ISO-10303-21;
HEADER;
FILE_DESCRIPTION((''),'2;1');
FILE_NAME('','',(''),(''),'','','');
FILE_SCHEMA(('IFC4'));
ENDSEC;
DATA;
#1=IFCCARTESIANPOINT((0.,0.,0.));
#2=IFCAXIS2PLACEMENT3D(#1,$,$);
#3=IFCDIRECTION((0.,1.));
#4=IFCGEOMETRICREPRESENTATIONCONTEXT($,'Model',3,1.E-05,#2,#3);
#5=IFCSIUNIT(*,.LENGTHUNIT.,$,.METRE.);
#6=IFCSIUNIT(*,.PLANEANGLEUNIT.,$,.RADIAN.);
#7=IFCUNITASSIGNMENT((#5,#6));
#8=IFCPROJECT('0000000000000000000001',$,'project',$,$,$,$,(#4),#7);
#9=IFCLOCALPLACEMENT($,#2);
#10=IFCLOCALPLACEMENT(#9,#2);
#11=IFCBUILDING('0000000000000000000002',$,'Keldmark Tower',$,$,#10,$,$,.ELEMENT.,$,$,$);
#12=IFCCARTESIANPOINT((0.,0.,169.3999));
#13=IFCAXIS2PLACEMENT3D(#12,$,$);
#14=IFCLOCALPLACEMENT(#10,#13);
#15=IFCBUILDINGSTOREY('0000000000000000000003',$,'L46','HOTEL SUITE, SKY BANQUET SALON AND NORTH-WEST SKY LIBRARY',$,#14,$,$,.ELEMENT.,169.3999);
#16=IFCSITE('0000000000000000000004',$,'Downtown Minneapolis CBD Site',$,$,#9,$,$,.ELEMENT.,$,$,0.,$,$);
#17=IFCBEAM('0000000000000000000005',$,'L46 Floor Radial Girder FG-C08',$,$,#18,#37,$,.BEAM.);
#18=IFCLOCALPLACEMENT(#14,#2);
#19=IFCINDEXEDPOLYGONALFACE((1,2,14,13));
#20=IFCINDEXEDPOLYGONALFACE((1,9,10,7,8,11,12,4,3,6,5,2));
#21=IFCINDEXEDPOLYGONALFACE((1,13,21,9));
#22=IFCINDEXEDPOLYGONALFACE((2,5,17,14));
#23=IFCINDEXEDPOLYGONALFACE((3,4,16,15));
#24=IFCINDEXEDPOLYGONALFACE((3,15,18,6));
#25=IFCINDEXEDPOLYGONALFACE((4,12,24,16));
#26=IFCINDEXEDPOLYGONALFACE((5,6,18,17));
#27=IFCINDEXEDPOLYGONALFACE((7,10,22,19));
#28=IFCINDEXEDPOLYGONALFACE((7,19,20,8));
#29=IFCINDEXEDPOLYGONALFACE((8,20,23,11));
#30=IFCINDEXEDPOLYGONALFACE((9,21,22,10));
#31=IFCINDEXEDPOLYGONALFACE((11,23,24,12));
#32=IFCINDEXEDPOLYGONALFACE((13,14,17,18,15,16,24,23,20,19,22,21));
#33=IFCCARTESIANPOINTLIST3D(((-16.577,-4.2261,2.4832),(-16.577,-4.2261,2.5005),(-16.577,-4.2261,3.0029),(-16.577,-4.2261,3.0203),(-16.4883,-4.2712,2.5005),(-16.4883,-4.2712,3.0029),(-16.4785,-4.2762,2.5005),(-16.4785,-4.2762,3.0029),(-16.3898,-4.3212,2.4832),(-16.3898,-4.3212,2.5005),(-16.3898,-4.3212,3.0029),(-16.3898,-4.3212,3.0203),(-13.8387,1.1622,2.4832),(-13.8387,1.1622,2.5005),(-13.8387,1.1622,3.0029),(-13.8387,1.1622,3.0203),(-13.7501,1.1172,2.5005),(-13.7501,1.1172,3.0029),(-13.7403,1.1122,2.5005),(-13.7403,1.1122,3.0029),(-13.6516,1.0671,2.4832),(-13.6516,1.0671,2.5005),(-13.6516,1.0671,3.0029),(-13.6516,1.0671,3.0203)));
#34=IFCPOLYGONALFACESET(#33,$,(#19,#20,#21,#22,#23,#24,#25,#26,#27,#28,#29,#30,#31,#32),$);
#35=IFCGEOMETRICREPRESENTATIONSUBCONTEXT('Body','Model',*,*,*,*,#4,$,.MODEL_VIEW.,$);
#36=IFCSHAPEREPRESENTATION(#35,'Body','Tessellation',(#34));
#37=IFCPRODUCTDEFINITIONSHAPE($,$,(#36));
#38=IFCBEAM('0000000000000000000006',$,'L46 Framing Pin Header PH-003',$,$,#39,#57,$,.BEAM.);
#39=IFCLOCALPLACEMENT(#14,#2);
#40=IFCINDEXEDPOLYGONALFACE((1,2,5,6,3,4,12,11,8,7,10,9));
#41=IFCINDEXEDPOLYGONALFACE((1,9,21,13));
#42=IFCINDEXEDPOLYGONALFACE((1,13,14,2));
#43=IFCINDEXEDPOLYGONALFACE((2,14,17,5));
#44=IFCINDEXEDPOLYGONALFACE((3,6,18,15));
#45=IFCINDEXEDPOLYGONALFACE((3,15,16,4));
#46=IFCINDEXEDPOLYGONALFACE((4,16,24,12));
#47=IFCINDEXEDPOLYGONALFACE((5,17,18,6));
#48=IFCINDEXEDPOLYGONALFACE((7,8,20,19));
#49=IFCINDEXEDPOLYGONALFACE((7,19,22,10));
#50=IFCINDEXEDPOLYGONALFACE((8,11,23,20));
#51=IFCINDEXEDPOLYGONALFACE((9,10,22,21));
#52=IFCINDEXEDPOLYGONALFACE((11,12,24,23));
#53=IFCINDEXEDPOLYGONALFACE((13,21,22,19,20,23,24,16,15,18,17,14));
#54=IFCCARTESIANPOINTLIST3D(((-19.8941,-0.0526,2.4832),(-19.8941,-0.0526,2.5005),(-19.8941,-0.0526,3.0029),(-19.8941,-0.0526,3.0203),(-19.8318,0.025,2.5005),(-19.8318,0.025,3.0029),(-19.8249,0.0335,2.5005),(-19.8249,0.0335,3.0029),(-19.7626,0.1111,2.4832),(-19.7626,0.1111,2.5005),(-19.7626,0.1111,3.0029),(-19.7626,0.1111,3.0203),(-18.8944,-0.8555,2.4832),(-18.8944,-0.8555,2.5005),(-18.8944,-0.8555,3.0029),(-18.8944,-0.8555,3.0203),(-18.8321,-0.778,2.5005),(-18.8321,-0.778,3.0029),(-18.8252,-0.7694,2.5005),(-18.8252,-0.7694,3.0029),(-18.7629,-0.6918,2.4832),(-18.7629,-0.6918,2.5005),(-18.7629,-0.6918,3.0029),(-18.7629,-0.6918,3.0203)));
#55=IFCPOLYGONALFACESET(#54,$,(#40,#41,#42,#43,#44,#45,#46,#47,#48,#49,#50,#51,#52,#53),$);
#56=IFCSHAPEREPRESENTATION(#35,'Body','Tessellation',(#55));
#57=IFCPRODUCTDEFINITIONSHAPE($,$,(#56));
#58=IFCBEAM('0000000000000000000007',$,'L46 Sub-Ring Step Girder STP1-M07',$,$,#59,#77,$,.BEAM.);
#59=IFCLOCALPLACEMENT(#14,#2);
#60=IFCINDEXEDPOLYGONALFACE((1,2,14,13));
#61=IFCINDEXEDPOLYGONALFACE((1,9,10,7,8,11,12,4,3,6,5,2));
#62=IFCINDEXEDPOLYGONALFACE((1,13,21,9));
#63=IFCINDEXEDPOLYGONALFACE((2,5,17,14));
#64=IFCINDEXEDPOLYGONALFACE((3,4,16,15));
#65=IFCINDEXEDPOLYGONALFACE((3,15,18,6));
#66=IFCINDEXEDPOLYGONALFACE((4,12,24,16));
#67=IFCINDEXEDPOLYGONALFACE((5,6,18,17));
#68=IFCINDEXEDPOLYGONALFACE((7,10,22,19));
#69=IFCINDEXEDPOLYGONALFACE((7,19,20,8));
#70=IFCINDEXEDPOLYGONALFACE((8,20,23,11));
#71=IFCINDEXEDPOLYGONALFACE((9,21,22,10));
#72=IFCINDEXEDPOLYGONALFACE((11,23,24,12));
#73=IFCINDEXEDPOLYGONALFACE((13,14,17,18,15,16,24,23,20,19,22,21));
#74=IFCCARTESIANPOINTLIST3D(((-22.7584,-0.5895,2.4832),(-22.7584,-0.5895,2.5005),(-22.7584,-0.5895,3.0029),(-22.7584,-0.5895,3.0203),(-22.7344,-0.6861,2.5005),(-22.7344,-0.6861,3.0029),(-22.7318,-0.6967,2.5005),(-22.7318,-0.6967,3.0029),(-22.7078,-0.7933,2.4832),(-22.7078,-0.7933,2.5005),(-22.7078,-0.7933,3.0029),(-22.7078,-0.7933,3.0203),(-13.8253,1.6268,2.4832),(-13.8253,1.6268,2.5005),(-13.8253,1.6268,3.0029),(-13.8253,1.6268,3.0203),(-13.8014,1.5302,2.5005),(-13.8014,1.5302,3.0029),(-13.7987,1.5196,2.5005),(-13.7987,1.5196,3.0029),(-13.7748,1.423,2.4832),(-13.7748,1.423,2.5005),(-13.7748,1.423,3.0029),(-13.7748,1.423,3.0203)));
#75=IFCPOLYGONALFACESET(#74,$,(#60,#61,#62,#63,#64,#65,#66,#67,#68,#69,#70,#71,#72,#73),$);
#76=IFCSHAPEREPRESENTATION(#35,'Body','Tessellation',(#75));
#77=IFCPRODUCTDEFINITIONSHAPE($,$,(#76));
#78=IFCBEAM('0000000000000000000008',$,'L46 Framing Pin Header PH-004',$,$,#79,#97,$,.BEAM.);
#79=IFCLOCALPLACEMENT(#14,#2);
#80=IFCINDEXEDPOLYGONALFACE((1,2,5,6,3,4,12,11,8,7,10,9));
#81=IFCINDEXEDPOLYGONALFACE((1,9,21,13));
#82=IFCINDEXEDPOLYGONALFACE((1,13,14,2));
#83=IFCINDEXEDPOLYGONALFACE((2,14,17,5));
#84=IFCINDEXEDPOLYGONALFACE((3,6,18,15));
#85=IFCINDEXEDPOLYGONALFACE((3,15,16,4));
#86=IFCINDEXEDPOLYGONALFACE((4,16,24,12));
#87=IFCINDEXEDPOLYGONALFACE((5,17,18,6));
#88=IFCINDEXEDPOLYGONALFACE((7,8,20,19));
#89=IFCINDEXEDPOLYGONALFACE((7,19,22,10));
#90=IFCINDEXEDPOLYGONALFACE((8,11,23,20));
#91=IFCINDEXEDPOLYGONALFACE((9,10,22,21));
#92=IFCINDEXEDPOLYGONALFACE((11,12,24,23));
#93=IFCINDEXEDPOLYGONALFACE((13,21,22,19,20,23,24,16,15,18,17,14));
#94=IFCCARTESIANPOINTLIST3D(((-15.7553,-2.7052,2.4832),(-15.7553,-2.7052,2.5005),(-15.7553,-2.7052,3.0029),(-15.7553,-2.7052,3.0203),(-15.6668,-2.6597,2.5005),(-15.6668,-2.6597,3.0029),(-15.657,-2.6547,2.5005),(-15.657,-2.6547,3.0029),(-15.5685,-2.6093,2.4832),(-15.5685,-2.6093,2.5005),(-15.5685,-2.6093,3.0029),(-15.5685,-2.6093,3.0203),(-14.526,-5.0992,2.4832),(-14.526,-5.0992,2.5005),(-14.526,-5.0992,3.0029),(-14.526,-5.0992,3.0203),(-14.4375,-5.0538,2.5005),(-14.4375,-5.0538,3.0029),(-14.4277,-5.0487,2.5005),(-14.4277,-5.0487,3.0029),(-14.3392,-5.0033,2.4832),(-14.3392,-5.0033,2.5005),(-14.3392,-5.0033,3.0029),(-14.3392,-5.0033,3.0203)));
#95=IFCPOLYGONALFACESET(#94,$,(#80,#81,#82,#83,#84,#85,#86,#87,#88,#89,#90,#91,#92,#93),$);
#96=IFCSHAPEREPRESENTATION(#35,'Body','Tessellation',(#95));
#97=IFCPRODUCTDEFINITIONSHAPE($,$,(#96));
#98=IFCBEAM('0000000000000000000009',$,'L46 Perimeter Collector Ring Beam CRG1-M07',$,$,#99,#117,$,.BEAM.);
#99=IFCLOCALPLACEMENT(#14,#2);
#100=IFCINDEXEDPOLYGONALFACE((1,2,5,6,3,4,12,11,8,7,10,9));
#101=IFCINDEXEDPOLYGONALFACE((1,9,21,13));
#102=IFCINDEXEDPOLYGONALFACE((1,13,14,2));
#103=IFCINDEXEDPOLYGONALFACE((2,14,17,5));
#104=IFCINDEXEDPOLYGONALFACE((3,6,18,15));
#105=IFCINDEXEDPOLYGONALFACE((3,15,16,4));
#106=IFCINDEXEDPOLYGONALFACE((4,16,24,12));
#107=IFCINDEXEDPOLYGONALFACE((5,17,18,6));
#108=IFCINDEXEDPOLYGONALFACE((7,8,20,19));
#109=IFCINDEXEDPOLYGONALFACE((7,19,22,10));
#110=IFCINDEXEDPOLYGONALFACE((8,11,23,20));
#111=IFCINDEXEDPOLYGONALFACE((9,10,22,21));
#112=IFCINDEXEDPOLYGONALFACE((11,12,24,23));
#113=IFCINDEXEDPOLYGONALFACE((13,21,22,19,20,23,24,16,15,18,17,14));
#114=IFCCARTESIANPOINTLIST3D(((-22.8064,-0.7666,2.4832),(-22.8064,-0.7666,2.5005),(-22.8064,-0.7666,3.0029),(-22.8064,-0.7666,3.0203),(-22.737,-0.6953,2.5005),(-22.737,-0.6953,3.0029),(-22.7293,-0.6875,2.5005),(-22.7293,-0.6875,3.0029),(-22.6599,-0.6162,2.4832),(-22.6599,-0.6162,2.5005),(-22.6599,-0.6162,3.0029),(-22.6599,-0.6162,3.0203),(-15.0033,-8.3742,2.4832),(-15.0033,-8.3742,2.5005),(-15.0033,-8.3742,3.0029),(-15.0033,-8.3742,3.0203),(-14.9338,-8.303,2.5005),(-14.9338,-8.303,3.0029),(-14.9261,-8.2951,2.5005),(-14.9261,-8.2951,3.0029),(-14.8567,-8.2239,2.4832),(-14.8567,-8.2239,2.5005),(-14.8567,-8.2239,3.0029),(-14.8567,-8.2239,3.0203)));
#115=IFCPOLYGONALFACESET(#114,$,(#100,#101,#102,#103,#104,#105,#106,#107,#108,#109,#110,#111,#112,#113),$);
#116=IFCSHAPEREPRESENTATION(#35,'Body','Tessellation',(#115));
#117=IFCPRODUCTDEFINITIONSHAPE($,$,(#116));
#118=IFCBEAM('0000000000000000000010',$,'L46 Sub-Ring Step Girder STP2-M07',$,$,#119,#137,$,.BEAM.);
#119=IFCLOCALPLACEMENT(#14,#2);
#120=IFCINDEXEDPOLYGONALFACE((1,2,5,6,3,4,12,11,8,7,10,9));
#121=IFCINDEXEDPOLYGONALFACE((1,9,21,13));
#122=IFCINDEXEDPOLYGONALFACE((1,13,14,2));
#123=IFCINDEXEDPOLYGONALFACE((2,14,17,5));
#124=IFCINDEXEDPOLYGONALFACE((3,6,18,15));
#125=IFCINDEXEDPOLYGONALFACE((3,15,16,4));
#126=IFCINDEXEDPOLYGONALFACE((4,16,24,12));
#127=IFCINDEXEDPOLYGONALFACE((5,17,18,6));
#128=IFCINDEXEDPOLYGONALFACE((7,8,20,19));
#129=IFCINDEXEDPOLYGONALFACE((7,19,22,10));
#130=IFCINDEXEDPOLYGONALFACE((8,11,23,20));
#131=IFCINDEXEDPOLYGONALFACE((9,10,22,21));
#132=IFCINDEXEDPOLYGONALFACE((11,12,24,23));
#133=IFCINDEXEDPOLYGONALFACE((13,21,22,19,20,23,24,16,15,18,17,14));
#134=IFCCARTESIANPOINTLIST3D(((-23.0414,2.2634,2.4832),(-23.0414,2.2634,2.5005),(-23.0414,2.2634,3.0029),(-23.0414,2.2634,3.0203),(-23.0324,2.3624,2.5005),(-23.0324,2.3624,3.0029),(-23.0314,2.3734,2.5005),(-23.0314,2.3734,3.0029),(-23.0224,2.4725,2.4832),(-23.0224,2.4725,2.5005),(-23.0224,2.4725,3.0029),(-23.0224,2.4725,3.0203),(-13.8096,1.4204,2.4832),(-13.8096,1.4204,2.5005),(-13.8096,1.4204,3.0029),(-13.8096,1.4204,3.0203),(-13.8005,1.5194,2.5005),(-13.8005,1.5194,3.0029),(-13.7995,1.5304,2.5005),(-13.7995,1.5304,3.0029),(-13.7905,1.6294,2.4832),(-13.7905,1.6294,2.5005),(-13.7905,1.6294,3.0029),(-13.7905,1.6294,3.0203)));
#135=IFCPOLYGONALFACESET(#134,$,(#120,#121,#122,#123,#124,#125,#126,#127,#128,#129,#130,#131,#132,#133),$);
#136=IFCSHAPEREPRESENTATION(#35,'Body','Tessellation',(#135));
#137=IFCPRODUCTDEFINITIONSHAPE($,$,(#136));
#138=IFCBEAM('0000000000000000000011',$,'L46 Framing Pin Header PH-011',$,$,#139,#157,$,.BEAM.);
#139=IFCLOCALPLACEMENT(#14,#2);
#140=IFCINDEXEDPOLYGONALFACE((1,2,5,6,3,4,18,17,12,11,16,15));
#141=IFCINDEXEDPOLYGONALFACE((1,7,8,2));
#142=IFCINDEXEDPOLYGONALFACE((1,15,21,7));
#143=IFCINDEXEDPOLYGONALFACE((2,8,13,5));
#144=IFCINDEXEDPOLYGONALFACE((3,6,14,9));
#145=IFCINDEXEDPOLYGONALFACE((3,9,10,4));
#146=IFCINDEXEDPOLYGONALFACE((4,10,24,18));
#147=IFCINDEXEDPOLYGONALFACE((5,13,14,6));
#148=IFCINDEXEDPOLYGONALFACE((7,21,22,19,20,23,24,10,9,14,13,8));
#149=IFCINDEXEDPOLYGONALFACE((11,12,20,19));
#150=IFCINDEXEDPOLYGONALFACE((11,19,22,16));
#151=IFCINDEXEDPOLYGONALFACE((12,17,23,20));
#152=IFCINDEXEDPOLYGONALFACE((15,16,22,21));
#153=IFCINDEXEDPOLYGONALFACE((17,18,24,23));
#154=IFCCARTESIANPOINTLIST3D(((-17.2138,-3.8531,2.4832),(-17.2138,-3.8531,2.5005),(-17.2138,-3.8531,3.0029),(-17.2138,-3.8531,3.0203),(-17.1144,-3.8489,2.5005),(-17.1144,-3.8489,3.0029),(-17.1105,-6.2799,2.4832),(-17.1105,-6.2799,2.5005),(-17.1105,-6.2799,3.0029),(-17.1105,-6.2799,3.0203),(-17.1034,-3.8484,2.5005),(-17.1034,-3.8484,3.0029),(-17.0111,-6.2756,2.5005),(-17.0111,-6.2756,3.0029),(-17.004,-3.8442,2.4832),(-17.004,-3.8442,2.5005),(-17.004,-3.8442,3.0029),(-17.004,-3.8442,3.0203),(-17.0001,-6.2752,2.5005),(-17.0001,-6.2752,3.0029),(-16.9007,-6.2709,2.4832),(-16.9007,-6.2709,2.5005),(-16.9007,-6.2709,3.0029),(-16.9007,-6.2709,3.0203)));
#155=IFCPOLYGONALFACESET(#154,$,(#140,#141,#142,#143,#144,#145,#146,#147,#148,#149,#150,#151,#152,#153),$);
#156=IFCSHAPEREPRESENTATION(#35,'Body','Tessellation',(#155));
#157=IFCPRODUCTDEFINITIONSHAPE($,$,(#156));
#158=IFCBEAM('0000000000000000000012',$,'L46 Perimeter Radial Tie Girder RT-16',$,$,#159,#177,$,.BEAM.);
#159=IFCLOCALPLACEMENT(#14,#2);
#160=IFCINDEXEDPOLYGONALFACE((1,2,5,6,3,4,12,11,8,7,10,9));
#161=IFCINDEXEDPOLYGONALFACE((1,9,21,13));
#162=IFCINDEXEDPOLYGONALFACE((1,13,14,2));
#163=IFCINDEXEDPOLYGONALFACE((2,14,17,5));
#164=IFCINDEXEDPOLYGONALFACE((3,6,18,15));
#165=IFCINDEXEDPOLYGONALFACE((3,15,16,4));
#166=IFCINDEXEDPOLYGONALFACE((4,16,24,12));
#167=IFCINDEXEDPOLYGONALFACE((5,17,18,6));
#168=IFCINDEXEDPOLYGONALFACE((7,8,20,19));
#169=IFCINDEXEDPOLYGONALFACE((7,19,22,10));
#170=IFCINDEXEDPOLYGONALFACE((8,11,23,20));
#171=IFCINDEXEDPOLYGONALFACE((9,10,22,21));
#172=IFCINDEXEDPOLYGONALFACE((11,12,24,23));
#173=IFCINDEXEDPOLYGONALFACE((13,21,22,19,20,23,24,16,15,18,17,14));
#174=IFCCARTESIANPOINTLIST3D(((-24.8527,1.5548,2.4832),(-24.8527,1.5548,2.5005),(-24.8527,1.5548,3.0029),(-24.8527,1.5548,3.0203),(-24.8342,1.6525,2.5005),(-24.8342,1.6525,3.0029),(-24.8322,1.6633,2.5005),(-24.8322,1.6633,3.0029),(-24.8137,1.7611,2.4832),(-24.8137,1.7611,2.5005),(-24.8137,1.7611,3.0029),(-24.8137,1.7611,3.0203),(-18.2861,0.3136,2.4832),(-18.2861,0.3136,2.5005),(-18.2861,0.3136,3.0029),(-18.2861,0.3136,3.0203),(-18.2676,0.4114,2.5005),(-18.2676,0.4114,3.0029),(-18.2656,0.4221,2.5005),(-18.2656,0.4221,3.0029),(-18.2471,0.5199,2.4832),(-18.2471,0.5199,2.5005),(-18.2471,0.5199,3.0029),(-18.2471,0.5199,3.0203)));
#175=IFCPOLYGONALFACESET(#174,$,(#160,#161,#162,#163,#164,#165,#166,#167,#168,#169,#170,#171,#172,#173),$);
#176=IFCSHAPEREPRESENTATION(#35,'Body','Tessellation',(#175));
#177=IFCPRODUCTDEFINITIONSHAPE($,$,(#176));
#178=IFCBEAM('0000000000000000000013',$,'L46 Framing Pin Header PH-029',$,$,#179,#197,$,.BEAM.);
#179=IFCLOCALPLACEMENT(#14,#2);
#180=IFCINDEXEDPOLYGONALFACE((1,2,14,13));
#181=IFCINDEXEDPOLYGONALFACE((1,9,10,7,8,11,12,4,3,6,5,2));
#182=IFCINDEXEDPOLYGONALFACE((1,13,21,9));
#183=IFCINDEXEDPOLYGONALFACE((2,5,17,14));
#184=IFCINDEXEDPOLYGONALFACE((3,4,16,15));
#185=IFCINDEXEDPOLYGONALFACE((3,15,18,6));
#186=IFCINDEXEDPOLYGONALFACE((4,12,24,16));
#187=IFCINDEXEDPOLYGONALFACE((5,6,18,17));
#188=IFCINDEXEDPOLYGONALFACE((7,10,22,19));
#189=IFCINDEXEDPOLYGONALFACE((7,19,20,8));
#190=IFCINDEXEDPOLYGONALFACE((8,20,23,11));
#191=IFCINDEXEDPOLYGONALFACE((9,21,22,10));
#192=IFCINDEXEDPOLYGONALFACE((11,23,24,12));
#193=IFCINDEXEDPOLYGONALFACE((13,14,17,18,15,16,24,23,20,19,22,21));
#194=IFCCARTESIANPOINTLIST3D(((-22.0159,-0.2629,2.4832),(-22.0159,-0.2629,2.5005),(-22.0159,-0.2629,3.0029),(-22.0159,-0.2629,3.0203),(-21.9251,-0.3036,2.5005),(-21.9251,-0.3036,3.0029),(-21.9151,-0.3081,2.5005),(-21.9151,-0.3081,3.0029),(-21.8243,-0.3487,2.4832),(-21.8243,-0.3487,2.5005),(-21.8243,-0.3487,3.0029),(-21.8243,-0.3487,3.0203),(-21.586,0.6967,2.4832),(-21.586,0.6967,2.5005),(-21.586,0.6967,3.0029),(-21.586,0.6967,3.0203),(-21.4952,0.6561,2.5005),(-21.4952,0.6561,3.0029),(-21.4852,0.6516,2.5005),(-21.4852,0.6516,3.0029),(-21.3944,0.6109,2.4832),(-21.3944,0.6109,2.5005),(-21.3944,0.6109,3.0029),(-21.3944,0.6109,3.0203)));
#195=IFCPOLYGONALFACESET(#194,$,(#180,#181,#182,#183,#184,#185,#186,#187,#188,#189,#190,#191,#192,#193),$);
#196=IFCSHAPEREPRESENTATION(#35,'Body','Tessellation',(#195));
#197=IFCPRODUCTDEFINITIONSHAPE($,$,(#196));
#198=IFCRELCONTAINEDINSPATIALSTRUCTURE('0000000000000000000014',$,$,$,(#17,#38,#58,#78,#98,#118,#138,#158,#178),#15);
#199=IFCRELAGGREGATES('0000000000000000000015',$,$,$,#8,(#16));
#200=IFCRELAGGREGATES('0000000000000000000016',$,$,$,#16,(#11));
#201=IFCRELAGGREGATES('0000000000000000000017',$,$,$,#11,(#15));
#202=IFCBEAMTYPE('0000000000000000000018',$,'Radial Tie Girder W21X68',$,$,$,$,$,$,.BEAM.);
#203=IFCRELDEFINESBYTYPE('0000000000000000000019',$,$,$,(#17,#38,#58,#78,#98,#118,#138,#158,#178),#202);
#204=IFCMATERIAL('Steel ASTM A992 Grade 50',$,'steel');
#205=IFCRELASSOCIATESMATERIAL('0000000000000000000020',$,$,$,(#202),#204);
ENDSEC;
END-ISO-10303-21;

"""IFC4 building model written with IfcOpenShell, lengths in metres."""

from ifc_helpers import new_model, si_unit, direction, frame, origin, origin_2d, place, context, subcontext, project, spatial, i_section, extrude, material, material_profile, profile_set, type_object, element, save


model = new_model("IFC4")

# Units and contexts
model_context = context("Model", 3, precision=1e-05, world=origin(), true_north=direction((0.0, 1.0)))
body_context = subcontext(model_context, "Body", "Model", "MODEL_VIEW")
ifc_project = project(units=[si_unit("LENGTHUNIT", "METRE"), si_unit("PLANEANGLEUNIT", "RADIAN")], contexts=[model_context])

# Site, building, storey
site_placement = place(None, origin())
site = spatial("IfcSite", under=ifc_project, at=site_placement, Name="Downtown Minneapolis CBD Site", CompositionType="ELEMENT", RefElevation=0.0)
building_placement = place(site_placement, origin())
building = spatial("IfcBuilding", under=site, at=building_placement, Name="Keldmark Tower", CompositionType="ELEMENT")
storey_placement = place(building_placement, frame((0.0, 0.0, 169.3999)))
storey = spatial("IfcBuildingStorey", under=building, at=storey_placement, Name="L46", Description="HOTEL SUITE, SKY BANQUET SALON AND NORTH-WEST SKY LIBRARY", CompositionType="ELEMENT", Elevation=169.3999)

# Beams
ifc_material_1 = material(Name="Steel ASTM A992 Grade 50", Category="steel")
ifc_material_profile_1 = material_profile(ifc_material_1, i_section(OverallWidth=0.21, OverallDepth=0.5371, WebThickness=0.011, FlangeThickness=0.0173, at=origin_2d()), Name="W21X68")
ifc_profile_set_1 = profile_set([ifc_material_profile_1], Name="Steel ASTM A992 Grade 50")
beam_type_1 = type_object("IfcBeamType", Name="Radial Tie Girder W21X68", PredefinedType="BEAM", material=ifc_profile_set_1)
beam_1_placement = place(storey_placement, frame((-16.4834, -4.2737, 2.7517), z_axis=(0.453037, 0.891492, 0.0), x_axis=(-0.891492, 0.453037, 0.0)))
element("IfcBeam", 1, at=beam_1_placement, inside=storey, type_object=beam_type_1, Name="L46 Floor Radial Girder FG-C08", PredefinedType="BEAM", context=body_context, shape_type="SweptSolid", body=[
    extrude(i_section(OverallWidth=0.21, OverallDepth=0.5371, WebThickness=0.011, FlangeThickness=0.0173, at=origin_2d()), origin(), (0.0, 0.0, 1.0), 6.0442),
])
beam_2_placement = place(storey_placement, frame((-18.8286, -0.7737, 2.7517), z_axis=(-0.77966, 0.626203, 0.0), x_axis=(-0.626203, -0.77966, 0.0)))
element("IfcBeam", 2, at=beam_2_placement, inside=storey, type_object=beam_type_1, Name="L46 Framing Pin Header PH-003", PredefinedType="BEAM", context=body_context, shape_type="SweptSolid", body=[
    extrude(i_section(OverallWidth=0.21, OverallDepth=0.5371, WebThickness=0.011, FlangeThickness=0.0173, at=origin_2d()), origin(), (0.0, 0.0, 1.0), 1.2822),
])
beam_3_placement = place(storey_placement, frame((-13.8, 1.5249, 2.7517), z_axis=(-0.970575, -0.2408, 0.0), x_axis=(0.2408, -0.970575, 0.0)))
element("IfcBeam", 3, at=beam_3_placement, inside=storey, type_object=beam_type_1, Name="L46 Sub-Ring Step Girder STP1-M07", PredefinedType="BEAM", context=body_context, shape_type="SweptSolid", body=[
    extrude(i_section(OverallWidth=0.21, OverallDepth=0.5371, WebThickness=0.011, FlangeThickness=0.0173, at=origin_2d()), origin(), (0.0, 0.0, 1.0), 9.2039),
])
beam_4_placement = place(storey_placement, frame((-15.6619, -2.6572, 2.7517), z_axis=(0.456768, -0.889586, 0.0), x_axis=(0.889586, 0.456768, 0.0)))
element("IfcBeam", 4, at=beam_4_placement, inside=storey, type_object=beam_type_1, Name="L46 Framing Pin Header PH-004", PredefinedType="BEAM", context=body_context, shape_type="SweptSolid", body=[
    extrude(i_section(OverallWidth=0.21, OverallDepth=0.5371, WebThickness=0.011, FlangeThickness=0.0173, at=origin_2d()), origin(), (0.0, 0.0, 1.0), 2.6912),
])
beam_5_placement = place(storey_placement, frame((-22.7332, -0.6914, 2.7517), z_axis=(0.716022, -0.698078, 0.0), x_axis=(0.698078, 0.716022, 0.0)))
element("IfcBeam", 5, at=beam_5_placement, inside=storey, type_object=beam_type_1, Name="L46 Perimeter Collector Ring Beam CRG1-M07", PredefinedType="BEAM", context=body_context, shape_type="SweptSolid", body=[
    extrude(i_section(OverallWidth=0.21, OverallDepth=0.5371, WebThickness=0.011, FlangeThickness=0.0173, at=origin_2d()), origin(), (0.0, 0.0, 1.0), 10.8979),
])
beam_6_placement = place(storey_placement, frame((-13.8, 1.5249, 2.7517), z_axis=(-0.995857, 0.090937, 0.0), x_axis=(-0.090937, -0.995857, 0.0)))
element("IfcBeam", 6, at=beam_6_placement, inside=storey, type_object=beam_type_1, Name="L46 Sub-Ring Step Girder STP2-M07", PredefinedType="BEAM", context=body_context, shape_type="SweptSolid", body=[
    extrude(i_section(OverallWidth=0.21, OverallDepth=0.5371, WebThickness=0.011, FlangeThickness=0.0173, at=origin_2d()), origin(), (0.0, 0.0, 1.0), 9.2703),
])
beam_7_placement = place(storey_placement, frame((-17.1089, -3.8486, 2.7517), z_axis=(0.042517, -0.999096, 0.0), x_axis=(0.999096, 0.042517, 0.0)))
element("IfcBeam", 7, at=beam_7_placement, inside=storey, type_object=beam_type_1, Name="L46 Framing Pin Header PH-011", PredefinedType="BEAM", context=body_context, shape_type="SweptSolid", body=[
    extrude(i_section(OverallWidth=0.21, OverallDepth=0.5371, WebThickness=0.011, FlangeThickness=0.0173, at=origin_2d()), origin(), (0.0, 0.0, 1.0), 2.429),
])
beam_8_placement = place(storey_placement, frame((-18.2666, 0.4167, 2.7517), z_axis=(-0.982601, 0.185729, 0.0), x_axis=(-0.185729, -0.982601, 0.0)))
element("IfcBeam", 8, at=beam_8_placement, inside=storey, type_object=beam_type_1, Name="L46 Perimeter Radial Tie Girder RT-16", PredefinedType="BEAM", context=body_context, shape_type="SweptSolid", body=[
    extrude(i_section(OverallWidth=0.21, OverallDepth=0.5371, WebThickness=0.011, FlangeThickness=0.0173, at=origin_2d()), origin(), (0.0, 0.0, 1.0), 6.6829),
])
beam_9_placement = place(storey_placement, frame((-21.4902, 0.6538, 2.7517), z_axis=(-0.408829, -0.912611, 0.0), x_axis=(0.912611, -0.408829, 0.0)))
element("IfcBeam", 9, at=beam_9_placement, inside=storey, type_object=beam_type_1, Name="L46 Framing Pin Header PH-029", PredefinedType="BEAM", context=body_context, shape_type="SweptSolid", body=[
    extrude(i_section(OverallWidth=0.21, OverallDepth=0.5371, WebThickness=0.011, FlangeThickness=0.0173, at=origin_2d()), origin(), (0.0, 0.0, 1.0), 1.0515),
])

save(model, "model.ifc")
